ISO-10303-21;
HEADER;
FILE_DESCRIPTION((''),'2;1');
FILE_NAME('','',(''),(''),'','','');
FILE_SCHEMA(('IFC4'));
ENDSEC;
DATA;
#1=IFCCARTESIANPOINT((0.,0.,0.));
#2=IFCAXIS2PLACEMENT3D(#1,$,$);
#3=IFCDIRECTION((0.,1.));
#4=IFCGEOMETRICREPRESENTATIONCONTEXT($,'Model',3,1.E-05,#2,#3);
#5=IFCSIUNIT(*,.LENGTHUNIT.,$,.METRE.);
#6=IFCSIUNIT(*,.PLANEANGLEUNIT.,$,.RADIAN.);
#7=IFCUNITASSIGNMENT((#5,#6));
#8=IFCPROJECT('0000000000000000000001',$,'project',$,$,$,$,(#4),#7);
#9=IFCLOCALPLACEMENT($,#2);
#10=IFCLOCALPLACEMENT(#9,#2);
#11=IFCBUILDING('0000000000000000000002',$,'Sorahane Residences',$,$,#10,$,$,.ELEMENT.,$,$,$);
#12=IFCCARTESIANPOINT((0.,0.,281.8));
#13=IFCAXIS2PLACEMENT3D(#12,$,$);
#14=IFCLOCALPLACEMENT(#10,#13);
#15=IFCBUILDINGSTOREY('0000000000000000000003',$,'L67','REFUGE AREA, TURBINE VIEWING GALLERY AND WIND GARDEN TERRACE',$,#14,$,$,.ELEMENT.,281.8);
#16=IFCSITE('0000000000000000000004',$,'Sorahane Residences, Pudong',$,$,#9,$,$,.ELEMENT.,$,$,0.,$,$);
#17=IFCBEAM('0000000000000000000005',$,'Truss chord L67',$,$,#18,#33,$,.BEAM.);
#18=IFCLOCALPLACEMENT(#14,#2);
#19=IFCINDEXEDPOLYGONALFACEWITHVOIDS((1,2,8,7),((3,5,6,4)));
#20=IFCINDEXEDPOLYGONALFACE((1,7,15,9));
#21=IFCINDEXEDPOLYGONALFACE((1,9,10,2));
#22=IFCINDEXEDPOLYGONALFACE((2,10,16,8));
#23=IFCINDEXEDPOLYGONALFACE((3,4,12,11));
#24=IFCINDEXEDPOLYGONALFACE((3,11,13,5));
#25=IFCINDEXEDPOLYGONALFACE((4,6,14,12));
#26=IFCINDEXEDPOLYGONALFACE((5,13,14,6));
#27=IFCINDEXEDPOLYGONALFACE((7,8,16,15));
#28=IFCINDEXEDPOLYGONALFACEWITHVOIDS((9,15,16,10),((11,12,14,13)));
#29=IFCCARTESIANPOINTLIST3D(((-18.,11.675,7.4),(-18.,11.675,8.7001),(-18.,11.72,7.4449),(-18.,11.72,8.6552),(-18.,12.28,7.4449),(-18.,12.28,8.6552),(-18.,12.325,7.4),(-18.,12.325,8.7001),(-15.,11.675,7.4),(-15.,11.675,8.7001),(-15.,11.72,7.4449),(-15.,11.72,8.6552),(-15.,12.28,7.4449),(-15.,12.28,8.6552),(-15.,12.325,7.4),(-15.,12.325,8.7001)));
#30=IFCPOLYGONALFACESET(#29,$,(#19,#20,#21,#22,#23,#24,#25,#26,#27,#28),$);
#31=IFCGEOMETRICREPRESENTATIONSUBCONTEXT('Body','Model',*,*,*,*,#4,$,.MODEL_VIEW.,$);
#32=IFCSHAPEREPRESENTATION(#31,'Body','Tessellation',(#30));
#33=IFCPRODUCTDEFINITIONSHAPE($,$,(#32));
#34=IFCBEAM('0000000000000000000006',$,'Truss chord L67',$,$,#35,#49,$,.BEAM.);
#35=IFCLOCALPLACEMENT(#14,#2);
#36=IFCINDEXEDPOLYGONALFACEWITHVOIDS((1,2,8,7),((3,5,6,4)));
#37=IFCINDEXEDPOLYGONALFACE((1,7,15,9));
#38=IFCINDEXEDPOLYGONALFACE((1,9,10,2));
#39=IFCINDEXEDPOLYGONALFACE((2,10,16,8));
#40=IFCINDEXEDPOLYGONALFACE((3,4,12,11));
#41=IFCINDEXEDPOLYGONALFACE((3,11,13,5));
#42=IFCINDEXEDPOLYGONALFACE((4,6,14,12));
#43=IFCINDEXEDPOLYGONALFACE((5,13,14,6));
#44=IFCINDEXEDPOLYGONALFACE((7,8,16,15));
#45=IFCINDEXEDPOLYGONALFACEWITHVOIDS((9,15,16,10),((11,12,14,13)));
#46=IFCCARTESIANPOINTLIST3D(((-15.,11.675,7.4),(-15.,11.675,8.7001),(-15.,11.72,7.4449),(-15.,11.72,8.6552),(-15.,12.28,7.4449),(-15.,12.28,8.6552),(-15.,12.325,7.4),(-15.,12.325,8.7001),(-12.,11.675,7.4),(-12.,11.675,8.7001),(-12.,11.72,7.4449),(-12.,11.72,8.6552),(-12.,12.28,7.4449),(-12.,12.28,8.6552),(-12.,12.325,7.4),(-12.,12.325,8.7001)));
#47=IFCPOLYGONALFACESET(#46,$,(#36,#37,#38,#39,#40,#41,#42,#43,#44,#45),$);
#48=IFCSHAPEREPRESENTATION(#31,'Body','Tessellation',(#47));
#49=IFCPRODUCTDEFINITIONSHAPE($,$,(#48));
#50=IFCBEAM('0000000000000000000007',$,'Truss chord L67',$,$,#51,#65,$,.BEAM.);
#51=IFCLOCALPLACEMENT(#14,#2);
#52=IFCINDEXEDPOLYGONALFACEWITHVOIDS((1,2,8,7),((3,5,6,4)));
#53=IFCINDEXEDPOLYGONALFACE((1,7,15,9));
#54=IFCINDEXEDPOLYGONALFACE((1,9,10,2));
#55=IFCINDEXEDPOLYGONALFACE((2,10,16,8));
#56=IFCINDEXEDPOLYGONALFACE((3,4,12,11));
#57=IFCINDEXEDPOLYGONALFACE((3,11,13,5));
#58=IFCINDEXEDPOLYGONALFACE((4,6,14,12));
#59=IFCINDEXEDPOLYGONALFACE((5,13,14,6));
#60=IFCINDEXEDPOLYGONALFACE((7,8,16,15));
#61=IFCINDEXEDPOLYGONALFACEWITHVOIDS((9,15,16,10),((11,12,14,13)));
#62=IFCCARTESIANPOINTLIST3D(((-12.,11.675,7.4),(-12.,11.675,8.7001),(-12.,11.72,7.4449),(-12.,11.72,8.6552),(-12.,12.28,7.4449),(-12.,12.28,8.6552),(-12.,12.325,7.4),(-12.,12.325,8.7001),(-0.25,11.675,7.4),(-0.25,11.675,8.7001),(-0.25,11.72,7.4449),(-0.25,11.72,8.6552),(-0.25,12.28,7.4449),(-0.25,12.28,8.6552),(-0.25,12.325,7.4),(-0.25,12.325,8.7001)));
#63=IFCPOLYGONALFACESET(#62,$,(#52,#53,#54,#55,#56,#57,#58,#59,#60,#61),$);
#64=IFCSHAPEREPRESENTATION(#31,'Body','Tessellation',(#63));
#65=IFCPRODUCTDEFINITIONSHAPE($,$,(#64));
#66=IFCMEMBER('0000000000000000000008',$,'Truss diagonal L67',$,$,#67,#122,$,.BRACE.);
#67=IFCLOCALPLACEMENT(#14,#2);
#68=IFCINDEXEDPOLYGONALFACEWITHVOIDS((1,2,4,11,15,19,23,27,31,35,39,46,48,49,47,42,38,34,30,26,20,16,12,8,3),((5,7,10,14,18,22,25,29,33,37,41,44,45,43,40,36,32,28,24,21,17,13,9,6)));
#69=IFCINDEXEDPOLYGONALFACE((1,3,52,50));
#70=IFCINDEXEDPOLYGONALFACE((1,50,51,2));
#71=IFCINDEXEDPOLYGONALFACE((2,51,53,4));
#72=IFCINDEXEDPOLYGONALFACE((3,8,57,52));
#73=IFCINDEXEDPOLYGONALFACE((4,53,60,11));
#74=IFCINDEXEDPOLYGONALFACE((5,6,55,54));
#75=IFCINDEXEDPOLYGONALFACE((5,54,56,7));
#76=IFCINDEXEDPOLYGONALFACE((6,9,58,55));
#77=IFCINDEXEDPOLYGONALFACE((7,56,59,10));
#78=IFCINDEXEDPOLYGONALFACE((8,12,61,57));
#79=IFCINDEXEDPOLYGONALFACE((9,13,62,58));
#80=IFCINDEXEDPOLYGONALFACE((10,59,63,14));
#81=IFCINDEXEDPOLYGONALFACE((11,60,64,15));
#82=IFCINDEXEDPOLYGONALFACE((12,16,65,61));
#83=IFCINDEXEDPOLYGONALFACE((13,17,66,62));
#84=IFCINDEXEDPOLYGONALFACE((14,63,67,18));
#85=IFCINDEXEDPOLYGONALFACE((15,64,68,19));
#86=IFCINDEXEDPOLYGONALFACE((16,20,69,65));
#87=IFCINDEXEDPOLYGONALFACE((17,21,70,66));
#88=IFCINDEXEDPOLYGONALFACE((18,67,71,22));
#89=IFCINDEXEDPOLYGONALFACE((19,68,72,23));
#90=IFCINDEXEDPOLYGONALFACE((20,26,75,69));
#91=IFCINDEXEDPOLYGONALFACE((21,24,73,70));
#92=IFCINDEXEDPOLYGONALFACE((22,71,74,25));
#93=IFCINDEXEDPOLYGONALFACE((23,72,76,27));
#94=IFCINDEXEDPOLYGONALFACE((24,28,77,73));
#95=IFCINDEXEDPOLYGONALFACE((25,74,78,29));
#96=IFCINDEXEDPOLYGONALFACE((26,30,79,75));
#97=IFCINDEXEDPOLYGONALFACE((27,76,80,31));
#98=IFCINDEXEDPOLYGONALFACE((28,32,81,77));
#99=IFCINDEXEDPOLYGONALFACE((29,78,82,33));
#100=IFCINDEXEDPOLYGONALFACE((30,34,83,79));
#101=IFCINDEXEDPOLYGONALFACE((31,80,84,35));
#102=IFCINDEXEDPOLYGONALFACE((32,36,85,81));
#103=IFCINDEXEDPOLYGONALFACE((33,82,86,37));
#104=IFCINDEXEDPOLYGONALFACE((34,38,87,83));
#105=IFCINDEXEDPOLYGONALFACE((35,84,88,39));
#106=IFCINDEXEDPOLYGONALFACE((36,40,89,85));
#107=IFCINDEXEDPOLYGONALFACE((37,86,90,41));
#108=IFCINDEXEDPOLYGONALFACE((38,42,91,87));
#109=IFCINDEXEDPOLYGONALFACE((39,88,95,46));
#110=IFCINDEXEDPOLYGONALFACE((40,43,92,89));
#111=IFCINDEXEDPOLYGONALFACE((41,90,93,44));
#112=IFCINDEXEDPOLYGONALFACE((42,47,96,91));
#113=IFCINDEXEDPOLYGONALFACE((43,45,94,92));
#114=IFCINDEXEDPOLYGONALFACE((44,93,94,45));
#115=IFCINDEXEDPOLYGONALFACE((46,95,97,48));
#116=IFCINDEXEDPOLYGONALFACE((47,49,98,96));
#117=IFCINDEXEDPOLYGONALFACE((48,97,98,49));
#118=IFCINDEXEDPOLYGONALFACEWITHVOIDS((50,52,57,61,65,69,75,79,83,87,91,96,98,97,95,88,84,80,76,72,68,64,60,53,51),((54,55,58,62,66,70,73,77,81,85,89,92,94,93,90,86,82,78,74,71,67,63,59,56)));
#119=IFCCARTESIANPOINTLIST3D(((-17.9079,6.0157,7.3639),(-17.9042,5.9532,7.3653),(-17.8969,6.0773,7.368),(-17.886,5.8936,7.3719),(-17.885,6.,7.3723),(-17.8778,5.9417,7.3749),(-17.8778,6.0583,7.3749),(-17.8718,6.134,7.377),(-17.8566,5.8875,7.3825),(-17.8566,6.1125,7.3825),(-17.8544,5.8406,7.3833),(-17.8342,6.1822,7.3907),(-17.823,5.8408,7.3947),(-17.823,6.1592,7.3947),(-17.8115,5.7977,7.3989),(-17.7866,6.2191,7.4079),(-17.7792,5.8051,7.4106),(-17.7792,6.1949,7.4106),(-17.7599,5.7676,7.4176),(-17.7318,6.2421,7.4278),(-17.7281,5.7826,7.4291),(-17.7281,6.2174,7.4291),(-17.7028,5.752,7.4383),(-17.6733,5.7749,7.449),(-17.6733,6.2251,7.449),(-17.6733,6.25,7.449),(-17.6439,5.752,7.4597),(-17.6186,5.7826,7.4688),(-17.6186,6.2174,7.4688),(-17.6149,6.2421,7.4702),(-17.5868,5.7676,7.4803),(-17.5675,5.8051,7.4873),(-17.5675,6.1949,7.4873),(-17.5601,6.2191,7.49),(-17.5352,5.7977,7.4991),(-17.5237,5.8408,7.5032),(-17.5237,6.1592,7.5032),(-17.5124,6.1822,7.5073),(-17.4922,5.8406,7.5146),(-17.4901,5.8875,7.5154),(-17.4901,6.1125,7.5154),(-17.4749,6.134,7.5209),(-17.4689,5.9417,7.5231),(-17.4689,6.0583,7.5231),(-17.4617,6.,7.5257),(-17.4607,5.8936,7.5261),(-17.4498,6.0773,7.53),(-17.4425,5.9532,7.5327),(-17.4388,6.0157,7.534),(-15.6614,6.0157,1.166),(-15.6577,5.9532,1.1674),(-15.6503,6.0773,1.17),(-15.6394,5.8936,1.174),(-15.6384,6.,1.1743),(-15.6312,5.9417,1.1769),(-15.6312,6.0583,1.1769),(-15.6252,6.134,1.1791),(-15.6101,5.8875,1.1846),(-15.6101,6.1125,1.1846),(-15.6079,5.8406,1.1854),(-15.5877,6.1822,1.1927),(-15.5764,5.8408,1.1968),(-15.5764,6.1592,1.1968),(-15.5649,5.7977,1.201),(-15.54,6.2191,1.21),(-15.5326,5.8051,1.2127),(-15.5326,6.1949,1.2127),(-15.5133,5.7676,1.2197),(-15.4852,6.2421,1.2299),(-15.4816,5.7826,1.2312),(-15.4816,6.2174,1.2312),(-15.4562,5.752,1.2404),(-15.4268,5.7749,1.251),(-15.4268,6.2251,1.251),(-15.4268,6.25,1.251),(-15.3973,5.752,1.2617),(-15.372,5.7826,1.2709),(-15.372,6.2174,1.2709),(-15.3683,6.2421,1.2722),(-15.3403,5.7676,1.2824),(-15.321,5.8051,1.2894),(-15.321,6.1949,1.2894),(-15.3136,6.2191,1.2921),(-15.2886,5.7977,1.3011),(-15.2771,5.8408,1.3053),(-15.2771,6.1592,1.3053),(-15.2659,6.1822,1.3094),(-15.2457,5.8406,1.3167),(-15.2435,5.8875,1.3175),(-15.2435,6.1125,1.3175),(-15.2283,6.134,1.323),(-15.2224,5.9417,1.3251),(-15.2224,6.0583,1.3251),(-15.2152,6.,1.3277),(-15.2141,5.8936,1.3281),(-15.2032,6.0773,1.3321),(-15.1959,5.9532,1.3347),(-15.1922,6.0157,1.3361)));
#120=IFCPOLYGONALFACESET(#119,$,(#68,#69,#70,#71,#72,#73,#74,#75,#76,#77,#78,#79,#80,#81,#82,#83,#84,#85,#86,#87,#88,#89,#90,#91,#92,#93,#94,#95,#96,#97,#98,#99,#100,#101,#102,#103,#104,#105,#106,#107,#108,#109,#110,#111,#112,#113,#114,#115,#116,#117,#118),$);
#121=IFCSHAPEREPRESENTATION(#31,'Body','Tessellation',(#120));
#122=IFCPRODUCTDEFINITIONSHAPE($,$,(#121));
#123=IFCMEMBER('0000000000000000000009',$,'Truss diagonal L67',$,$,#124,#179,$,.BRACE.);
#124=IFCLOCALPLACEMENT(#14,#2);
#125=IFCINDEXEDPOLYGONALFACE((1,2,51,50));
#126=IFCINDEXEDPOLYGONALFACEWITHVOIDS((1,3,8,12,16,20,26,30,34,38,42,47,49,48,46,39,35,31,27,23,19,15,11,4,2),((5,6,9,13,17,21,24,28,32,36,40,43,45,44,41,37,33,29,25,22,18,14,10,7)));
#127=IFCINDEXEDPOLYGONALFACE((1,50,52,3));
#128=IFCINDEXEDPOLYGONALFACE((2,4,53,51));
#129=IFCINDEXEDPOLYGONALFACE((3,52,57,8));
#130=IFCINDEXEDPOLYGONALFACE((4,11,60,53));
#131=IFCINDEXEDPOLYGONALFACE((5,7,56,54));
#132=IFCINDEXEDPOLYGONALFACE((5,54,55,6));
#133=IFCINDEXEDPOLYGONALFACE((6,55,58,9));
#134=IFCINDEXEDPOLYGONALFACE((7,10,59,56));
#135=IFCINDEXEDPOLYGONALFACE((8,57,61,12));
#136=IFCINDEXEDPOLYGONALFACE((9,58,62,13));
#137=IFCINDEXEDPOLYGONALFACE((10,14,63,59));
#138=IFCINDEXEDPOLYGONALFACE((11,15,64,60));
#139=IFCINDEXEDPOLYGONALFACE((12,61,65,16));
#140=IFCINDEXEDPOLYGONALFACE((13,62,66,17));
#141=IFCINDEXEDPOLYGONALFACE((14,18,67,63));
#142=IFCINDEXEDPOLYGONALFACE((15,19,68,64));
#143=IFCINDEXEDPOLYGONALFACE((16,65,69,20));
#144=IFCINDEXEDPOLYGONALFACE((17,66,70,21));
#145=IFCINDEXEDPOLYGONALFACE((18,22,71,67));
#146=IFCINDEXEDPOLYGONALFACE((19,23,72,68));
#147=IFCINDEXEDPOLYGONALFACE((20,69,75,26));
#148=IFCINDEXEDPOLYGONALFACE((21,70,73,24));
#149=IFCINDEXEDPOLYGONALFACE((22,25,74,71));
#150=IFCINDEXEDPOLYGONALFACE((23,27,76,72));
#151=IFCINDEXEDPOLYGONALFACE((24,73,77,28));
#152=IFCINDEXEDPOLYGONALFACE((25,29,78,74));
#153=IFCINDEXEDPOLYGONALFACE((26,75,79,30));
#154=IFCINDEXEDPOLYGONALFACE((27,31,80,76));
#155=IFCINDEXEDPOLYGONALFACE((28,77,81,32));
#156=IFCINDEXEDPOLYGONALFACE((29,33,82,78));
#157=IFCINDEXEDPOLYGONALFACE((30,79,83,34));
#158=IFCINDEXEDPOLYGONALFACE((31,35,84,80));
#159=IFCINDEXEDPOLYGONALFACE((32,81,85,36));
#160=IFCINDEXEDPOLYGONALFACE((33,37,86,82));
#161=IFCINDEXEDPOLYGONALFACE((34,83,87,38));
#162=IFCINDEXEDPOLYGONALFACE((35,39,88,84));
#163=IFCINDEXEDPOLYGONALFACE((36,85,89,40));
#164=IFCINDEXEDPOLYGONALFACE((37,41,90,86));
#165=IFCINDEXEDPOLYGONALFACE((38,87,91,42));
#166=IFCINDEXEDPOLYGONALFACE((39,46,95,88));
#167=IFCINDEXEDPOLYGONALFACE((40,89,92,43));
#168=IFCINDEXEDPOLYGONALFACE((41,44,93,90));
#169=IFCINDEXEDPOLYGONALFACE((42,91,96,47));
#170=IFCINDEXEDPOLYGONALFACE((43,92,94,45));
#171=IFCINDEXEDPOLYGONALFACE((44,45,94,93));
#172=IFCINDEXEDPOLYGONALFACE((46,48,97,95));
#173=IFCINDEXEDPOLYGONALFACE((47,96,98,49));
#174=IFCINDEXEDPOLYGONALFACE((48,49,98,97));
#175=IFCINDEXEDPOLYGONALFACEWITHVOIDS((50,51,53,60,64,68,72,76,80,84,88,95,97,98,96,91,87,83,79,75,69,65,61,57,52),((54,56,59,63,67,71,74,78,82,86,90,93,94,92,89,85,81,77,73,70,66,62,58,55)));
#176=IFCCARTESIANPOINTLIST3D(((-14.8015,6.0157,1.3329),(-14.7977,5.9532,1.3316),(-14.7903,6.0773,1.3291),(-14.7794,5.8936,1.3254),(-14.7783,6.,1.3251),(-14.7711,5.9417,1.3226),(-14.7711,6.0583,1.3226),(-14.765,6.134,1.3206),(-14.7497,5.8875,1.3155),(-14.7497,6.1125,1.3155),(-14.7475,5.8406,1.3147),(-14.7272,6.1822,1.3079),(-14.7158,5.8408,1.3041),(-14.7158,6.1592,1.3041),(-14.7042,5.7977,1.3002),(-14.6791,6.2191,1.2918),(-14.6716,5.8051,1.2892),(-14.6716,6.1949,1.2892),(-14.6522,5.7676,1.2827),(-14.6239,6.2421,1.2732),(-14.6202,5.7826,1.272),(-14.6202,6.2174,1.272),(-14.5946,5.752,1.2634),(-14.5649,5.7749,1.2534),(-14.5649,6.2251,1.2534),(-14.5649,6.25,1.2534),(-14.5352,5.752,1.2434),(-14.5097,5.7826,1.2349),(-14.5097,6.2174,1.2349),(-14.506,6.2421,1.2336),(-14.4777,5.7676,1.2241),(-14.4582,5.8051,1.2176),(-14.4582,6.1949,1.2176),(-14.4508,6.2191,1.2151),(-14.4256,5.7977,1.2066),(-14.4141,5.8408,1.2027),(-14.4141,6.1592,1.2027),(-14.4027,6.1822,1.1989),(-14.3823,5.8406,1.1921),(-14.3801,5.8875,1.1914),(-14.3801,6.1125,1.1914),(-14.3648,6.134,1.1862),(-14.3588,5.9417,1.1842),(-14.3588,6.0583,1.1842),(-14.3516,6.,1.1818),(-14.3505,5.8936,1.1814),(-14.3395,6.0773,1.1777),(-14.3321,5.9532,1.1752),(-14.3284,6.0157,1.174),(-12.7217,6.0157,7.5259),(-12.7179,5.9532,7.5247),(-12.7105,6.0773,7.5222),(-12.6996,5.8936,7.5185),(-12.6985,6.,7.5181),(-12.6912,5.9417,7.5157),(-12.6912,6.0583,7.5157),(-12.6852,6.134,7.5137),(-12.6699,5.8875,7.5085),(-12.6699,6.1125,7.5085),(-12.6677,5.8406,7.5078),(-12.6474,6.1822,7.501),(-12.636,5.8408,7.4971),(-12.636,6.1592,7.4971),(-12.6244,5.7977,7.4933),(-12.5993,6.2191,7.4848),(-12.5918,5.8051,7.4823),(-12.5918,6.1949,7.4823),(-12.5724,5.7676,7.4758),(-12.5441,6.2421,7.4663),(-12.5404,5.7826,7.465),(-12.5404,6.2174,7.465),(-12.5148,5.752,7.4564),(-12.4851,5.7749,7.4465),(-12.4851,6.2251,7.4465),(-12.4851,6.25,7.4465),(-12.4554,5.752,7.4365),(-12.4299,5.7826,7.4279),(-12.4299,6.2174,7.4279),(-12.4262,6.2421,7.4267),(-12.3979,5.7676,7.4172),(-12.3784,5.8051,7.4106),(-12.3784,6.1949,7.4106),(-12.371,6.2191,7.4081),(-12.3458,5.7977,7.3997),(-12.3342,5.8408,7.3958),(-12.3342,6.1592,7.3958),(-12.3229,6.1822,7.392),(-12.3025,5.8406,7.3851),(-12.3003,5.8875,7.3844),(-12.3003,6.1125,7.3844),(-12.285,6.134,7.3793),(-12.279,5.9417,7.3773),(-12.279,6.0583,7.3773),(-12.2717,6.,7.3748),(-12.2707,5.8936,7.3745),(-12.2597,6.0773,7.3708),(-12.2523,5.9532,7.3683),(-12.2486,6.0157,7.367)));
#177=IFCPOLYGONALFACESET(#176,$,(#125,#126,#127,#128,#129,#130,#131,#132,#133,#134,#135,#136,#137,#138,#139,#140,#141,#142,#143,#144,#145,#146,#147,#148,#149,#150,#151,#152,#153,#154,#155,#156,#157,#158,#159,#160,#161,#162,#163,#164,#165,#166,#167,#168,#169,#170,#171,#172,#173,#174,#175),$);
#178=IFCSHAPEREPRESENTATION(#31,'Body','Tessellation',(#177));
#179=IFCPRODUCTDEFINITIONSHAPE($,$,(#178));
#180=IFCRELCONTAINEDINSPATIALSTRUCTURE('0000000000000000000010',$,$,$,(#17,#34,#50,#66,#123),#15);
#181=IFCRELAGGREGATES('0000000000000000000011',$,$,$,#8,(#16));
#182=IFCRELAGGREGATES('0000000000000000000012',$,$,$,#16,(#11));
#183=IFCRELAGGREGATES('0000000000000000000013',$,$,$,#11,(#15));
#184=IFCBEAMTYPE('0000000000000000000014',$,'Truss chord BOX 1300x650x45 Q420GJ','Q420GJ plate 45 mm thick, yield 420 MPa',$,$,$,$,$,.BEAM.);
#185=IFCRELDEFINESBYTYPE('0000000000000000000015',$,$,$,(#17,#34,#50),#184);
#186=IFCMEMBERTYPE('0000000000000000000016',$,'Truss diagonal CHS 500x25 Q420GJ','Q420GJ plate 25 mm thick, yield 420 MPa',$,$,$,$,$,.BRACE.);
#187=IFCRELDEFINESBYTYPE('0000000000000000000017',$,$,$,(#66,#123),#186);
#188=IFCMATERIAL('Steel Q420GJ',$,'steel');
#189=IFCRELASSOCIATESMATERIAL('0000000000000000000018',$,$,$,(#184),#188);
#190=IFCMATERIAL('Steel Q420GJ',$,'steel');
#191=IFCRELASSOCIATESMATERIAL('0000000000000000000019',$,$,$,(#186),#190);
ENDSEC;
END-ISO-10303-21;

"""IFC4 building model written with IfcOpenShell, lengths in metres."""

from ifc_helpers import new_model, si_unit, direction, frame, origin, origin_2d, place, context, subcontext, project, spatial, hollow_rectangle, hollow_circle, extrude, material, material_profile, profile_set, type_object, element, save


model = new_model("IFC4")

# Units and contexts
model_context = context("Model", 3, precision=1e-05, world=origin(), true_north=direction((0.0, 1.0)))
body_context = subcontext(model_context, "Body", "Model", "MODEL_VIEW")
ifc_project = project(units=[si_unit("LENGTHUNIT", "METRE"), si_unit("PLANEANGLEUNIT", "RADIAN")], contexts=[model_context])

# Site, building, storey
site_placement = place(None, origin())
site = spatial("IfcSite", under=ifc_project, at=site_placement, Name="Sorahane Residences, Pudong", CompositionType="ELEMENT", RefElevation=0.0)
building_placement = place(site_placement, origin())
building = spatial("IfcBuilding", under=site, at=building_placement, Name="Sorahane Residences", CompositionType="ELEMENT")
storey_placement = place(building_placement, frame((0.0, 0.0, 281.8)))
storey = spatial("IfcBuildingStorey", under=building, at=storey_placement, Name="L67", Description="REFUGE AREA, TURBINE VIEWING GALLERY AND WIND GARDEN TERRACE", CompositionType="ELEMENT", Elevation=281.8)

# Beams
ifc_material_1 = material(Name="Steel Q420GJ", Category="steel")
ifc_material_profile_1 = material_profile(ifc_material_1, hollow_rectangle(XDim=0.6499, YDim=1.3, WallThickness=0.0449, at=origin_2d()), Name="BOX 1300x650x45")
ifc_profile_set_1 = profile_set([ifc_material_profile_1], Name="Steel Q420GJ")
beam_type_1 = type_object("IfcBeamType", Name="Truss chord BOX 1300x650x45 Q420GJ", Description="Q420GJ plate 45 mm thick, yield 420 MPa", PredefinedType="BEAM", material=ifc_profile_set_1)
for number, where, z_axis, x_axis, name in (
    (1, (-18.0, 12.0, 8.05), (1.0, 0.0, 0.0), (0.0, 1.0, 0.0), "Truss chord L67"),
    (2, (-15.0, 12.0, 8.05), (1.0, 0.0, 0.0), (0.0, 1.0, 0.0), "Truss chord L67"),
):
    element("IfcBeam", number, at=place(storey_placement, frame(where, z_axis=z_axis, x_axis=x_axis)), inside=storey, type_object=beam_type_1, Name=name, PredefinedType="BEAM", context=body_context, shape_type="SweptSolid", body=[
        extrude(hollow_rectangle(XDim=0.6499, YDim=1.3, WallThickness=0.0449, at=origin_2d()), origin(), (0.0, 0.0, 1.0), 3.0),
    ])
beam_1_placement = place(storey_placement, frame((-12.0, 12.0, 8.05), z_axis=(1.0, 0.0, 0.0), x_axis=(0.0, 1.0, 0.0)))
element("IfcBeam", 3, at=beam_1_placement, inside=storey, type_object=beam_type_1, Name="Truss chord L67", PredefinedType="BEAM", context=body_context, shape_type="SweptSolid", body=[
    extrude(hollow_rectangle(XDim=0.6499, YDim=1.3, WallThickness=0.0449, at=origin_2d()), origin(), (0.0, 0.0, 1.0), 11.75),
])

# Members
ifc_material_2 = material(Name="Steel Q420GJ", Category="steel")
ifc_material_profile_2 = material_profile(ifc_material_2, hollow_circle(Radius=0.25, WallThickness=0.0249, at=origin_2d()), Name="CHS 500x25")
ifc_profile_set_2 = profile_set([ifc_material_profile_2], Name="Steel Q420GJ")
member_type = type_object("IfcMemberType", Name="Truss diagonal CHS 500x25 Q420GJ", Description="Q420GJ plate 25 mm thick, yield 420 MPa", PredefinedType="BRACE", material=ifc_profile_set_2)
member_1_placement = place(storey_placement, frame((-17.6733, 6.0, 7.449), z_axis=(0.340774, 0.0, -0.940145), x_axis=(0.0, 1.0, 0.0)))
element("IfcMember", 4, at=member_1_placement, inside=storey, type_object=member_type, Name="Truss diagonal L67", PredefinedType="BRACE", context=body_context, shape_type="SweptSolid", body=[
    extrude(hollow_circle(Radius=0.25, WallThickness=0.0249, at=origin_2d()), origin(), (0.0, 0.0, 1.0), 6.5925),
])
member_2_placement = place(storey_placement, frame((-14.5649, 6.0, 1.2534), z_axis=(0.318357, 0.0, 0.947971), x_axis=(0.0, 1.0, 0.0)))
element("IfcMember", 5, at=member_2_placement, inside=storey, type_object=member_type, Name="Truss diagonal L67", PredefinedType="BRACE", context=body_context, shape_type="SweptSolid", body=[
    extrude(hollow_circle(Radius=0.25, WallThickness=0.0249, at=origin_2d()), origin(), (0.0, 0.0, 1.0), 6.533),
])

save(model, "model.ifc")
